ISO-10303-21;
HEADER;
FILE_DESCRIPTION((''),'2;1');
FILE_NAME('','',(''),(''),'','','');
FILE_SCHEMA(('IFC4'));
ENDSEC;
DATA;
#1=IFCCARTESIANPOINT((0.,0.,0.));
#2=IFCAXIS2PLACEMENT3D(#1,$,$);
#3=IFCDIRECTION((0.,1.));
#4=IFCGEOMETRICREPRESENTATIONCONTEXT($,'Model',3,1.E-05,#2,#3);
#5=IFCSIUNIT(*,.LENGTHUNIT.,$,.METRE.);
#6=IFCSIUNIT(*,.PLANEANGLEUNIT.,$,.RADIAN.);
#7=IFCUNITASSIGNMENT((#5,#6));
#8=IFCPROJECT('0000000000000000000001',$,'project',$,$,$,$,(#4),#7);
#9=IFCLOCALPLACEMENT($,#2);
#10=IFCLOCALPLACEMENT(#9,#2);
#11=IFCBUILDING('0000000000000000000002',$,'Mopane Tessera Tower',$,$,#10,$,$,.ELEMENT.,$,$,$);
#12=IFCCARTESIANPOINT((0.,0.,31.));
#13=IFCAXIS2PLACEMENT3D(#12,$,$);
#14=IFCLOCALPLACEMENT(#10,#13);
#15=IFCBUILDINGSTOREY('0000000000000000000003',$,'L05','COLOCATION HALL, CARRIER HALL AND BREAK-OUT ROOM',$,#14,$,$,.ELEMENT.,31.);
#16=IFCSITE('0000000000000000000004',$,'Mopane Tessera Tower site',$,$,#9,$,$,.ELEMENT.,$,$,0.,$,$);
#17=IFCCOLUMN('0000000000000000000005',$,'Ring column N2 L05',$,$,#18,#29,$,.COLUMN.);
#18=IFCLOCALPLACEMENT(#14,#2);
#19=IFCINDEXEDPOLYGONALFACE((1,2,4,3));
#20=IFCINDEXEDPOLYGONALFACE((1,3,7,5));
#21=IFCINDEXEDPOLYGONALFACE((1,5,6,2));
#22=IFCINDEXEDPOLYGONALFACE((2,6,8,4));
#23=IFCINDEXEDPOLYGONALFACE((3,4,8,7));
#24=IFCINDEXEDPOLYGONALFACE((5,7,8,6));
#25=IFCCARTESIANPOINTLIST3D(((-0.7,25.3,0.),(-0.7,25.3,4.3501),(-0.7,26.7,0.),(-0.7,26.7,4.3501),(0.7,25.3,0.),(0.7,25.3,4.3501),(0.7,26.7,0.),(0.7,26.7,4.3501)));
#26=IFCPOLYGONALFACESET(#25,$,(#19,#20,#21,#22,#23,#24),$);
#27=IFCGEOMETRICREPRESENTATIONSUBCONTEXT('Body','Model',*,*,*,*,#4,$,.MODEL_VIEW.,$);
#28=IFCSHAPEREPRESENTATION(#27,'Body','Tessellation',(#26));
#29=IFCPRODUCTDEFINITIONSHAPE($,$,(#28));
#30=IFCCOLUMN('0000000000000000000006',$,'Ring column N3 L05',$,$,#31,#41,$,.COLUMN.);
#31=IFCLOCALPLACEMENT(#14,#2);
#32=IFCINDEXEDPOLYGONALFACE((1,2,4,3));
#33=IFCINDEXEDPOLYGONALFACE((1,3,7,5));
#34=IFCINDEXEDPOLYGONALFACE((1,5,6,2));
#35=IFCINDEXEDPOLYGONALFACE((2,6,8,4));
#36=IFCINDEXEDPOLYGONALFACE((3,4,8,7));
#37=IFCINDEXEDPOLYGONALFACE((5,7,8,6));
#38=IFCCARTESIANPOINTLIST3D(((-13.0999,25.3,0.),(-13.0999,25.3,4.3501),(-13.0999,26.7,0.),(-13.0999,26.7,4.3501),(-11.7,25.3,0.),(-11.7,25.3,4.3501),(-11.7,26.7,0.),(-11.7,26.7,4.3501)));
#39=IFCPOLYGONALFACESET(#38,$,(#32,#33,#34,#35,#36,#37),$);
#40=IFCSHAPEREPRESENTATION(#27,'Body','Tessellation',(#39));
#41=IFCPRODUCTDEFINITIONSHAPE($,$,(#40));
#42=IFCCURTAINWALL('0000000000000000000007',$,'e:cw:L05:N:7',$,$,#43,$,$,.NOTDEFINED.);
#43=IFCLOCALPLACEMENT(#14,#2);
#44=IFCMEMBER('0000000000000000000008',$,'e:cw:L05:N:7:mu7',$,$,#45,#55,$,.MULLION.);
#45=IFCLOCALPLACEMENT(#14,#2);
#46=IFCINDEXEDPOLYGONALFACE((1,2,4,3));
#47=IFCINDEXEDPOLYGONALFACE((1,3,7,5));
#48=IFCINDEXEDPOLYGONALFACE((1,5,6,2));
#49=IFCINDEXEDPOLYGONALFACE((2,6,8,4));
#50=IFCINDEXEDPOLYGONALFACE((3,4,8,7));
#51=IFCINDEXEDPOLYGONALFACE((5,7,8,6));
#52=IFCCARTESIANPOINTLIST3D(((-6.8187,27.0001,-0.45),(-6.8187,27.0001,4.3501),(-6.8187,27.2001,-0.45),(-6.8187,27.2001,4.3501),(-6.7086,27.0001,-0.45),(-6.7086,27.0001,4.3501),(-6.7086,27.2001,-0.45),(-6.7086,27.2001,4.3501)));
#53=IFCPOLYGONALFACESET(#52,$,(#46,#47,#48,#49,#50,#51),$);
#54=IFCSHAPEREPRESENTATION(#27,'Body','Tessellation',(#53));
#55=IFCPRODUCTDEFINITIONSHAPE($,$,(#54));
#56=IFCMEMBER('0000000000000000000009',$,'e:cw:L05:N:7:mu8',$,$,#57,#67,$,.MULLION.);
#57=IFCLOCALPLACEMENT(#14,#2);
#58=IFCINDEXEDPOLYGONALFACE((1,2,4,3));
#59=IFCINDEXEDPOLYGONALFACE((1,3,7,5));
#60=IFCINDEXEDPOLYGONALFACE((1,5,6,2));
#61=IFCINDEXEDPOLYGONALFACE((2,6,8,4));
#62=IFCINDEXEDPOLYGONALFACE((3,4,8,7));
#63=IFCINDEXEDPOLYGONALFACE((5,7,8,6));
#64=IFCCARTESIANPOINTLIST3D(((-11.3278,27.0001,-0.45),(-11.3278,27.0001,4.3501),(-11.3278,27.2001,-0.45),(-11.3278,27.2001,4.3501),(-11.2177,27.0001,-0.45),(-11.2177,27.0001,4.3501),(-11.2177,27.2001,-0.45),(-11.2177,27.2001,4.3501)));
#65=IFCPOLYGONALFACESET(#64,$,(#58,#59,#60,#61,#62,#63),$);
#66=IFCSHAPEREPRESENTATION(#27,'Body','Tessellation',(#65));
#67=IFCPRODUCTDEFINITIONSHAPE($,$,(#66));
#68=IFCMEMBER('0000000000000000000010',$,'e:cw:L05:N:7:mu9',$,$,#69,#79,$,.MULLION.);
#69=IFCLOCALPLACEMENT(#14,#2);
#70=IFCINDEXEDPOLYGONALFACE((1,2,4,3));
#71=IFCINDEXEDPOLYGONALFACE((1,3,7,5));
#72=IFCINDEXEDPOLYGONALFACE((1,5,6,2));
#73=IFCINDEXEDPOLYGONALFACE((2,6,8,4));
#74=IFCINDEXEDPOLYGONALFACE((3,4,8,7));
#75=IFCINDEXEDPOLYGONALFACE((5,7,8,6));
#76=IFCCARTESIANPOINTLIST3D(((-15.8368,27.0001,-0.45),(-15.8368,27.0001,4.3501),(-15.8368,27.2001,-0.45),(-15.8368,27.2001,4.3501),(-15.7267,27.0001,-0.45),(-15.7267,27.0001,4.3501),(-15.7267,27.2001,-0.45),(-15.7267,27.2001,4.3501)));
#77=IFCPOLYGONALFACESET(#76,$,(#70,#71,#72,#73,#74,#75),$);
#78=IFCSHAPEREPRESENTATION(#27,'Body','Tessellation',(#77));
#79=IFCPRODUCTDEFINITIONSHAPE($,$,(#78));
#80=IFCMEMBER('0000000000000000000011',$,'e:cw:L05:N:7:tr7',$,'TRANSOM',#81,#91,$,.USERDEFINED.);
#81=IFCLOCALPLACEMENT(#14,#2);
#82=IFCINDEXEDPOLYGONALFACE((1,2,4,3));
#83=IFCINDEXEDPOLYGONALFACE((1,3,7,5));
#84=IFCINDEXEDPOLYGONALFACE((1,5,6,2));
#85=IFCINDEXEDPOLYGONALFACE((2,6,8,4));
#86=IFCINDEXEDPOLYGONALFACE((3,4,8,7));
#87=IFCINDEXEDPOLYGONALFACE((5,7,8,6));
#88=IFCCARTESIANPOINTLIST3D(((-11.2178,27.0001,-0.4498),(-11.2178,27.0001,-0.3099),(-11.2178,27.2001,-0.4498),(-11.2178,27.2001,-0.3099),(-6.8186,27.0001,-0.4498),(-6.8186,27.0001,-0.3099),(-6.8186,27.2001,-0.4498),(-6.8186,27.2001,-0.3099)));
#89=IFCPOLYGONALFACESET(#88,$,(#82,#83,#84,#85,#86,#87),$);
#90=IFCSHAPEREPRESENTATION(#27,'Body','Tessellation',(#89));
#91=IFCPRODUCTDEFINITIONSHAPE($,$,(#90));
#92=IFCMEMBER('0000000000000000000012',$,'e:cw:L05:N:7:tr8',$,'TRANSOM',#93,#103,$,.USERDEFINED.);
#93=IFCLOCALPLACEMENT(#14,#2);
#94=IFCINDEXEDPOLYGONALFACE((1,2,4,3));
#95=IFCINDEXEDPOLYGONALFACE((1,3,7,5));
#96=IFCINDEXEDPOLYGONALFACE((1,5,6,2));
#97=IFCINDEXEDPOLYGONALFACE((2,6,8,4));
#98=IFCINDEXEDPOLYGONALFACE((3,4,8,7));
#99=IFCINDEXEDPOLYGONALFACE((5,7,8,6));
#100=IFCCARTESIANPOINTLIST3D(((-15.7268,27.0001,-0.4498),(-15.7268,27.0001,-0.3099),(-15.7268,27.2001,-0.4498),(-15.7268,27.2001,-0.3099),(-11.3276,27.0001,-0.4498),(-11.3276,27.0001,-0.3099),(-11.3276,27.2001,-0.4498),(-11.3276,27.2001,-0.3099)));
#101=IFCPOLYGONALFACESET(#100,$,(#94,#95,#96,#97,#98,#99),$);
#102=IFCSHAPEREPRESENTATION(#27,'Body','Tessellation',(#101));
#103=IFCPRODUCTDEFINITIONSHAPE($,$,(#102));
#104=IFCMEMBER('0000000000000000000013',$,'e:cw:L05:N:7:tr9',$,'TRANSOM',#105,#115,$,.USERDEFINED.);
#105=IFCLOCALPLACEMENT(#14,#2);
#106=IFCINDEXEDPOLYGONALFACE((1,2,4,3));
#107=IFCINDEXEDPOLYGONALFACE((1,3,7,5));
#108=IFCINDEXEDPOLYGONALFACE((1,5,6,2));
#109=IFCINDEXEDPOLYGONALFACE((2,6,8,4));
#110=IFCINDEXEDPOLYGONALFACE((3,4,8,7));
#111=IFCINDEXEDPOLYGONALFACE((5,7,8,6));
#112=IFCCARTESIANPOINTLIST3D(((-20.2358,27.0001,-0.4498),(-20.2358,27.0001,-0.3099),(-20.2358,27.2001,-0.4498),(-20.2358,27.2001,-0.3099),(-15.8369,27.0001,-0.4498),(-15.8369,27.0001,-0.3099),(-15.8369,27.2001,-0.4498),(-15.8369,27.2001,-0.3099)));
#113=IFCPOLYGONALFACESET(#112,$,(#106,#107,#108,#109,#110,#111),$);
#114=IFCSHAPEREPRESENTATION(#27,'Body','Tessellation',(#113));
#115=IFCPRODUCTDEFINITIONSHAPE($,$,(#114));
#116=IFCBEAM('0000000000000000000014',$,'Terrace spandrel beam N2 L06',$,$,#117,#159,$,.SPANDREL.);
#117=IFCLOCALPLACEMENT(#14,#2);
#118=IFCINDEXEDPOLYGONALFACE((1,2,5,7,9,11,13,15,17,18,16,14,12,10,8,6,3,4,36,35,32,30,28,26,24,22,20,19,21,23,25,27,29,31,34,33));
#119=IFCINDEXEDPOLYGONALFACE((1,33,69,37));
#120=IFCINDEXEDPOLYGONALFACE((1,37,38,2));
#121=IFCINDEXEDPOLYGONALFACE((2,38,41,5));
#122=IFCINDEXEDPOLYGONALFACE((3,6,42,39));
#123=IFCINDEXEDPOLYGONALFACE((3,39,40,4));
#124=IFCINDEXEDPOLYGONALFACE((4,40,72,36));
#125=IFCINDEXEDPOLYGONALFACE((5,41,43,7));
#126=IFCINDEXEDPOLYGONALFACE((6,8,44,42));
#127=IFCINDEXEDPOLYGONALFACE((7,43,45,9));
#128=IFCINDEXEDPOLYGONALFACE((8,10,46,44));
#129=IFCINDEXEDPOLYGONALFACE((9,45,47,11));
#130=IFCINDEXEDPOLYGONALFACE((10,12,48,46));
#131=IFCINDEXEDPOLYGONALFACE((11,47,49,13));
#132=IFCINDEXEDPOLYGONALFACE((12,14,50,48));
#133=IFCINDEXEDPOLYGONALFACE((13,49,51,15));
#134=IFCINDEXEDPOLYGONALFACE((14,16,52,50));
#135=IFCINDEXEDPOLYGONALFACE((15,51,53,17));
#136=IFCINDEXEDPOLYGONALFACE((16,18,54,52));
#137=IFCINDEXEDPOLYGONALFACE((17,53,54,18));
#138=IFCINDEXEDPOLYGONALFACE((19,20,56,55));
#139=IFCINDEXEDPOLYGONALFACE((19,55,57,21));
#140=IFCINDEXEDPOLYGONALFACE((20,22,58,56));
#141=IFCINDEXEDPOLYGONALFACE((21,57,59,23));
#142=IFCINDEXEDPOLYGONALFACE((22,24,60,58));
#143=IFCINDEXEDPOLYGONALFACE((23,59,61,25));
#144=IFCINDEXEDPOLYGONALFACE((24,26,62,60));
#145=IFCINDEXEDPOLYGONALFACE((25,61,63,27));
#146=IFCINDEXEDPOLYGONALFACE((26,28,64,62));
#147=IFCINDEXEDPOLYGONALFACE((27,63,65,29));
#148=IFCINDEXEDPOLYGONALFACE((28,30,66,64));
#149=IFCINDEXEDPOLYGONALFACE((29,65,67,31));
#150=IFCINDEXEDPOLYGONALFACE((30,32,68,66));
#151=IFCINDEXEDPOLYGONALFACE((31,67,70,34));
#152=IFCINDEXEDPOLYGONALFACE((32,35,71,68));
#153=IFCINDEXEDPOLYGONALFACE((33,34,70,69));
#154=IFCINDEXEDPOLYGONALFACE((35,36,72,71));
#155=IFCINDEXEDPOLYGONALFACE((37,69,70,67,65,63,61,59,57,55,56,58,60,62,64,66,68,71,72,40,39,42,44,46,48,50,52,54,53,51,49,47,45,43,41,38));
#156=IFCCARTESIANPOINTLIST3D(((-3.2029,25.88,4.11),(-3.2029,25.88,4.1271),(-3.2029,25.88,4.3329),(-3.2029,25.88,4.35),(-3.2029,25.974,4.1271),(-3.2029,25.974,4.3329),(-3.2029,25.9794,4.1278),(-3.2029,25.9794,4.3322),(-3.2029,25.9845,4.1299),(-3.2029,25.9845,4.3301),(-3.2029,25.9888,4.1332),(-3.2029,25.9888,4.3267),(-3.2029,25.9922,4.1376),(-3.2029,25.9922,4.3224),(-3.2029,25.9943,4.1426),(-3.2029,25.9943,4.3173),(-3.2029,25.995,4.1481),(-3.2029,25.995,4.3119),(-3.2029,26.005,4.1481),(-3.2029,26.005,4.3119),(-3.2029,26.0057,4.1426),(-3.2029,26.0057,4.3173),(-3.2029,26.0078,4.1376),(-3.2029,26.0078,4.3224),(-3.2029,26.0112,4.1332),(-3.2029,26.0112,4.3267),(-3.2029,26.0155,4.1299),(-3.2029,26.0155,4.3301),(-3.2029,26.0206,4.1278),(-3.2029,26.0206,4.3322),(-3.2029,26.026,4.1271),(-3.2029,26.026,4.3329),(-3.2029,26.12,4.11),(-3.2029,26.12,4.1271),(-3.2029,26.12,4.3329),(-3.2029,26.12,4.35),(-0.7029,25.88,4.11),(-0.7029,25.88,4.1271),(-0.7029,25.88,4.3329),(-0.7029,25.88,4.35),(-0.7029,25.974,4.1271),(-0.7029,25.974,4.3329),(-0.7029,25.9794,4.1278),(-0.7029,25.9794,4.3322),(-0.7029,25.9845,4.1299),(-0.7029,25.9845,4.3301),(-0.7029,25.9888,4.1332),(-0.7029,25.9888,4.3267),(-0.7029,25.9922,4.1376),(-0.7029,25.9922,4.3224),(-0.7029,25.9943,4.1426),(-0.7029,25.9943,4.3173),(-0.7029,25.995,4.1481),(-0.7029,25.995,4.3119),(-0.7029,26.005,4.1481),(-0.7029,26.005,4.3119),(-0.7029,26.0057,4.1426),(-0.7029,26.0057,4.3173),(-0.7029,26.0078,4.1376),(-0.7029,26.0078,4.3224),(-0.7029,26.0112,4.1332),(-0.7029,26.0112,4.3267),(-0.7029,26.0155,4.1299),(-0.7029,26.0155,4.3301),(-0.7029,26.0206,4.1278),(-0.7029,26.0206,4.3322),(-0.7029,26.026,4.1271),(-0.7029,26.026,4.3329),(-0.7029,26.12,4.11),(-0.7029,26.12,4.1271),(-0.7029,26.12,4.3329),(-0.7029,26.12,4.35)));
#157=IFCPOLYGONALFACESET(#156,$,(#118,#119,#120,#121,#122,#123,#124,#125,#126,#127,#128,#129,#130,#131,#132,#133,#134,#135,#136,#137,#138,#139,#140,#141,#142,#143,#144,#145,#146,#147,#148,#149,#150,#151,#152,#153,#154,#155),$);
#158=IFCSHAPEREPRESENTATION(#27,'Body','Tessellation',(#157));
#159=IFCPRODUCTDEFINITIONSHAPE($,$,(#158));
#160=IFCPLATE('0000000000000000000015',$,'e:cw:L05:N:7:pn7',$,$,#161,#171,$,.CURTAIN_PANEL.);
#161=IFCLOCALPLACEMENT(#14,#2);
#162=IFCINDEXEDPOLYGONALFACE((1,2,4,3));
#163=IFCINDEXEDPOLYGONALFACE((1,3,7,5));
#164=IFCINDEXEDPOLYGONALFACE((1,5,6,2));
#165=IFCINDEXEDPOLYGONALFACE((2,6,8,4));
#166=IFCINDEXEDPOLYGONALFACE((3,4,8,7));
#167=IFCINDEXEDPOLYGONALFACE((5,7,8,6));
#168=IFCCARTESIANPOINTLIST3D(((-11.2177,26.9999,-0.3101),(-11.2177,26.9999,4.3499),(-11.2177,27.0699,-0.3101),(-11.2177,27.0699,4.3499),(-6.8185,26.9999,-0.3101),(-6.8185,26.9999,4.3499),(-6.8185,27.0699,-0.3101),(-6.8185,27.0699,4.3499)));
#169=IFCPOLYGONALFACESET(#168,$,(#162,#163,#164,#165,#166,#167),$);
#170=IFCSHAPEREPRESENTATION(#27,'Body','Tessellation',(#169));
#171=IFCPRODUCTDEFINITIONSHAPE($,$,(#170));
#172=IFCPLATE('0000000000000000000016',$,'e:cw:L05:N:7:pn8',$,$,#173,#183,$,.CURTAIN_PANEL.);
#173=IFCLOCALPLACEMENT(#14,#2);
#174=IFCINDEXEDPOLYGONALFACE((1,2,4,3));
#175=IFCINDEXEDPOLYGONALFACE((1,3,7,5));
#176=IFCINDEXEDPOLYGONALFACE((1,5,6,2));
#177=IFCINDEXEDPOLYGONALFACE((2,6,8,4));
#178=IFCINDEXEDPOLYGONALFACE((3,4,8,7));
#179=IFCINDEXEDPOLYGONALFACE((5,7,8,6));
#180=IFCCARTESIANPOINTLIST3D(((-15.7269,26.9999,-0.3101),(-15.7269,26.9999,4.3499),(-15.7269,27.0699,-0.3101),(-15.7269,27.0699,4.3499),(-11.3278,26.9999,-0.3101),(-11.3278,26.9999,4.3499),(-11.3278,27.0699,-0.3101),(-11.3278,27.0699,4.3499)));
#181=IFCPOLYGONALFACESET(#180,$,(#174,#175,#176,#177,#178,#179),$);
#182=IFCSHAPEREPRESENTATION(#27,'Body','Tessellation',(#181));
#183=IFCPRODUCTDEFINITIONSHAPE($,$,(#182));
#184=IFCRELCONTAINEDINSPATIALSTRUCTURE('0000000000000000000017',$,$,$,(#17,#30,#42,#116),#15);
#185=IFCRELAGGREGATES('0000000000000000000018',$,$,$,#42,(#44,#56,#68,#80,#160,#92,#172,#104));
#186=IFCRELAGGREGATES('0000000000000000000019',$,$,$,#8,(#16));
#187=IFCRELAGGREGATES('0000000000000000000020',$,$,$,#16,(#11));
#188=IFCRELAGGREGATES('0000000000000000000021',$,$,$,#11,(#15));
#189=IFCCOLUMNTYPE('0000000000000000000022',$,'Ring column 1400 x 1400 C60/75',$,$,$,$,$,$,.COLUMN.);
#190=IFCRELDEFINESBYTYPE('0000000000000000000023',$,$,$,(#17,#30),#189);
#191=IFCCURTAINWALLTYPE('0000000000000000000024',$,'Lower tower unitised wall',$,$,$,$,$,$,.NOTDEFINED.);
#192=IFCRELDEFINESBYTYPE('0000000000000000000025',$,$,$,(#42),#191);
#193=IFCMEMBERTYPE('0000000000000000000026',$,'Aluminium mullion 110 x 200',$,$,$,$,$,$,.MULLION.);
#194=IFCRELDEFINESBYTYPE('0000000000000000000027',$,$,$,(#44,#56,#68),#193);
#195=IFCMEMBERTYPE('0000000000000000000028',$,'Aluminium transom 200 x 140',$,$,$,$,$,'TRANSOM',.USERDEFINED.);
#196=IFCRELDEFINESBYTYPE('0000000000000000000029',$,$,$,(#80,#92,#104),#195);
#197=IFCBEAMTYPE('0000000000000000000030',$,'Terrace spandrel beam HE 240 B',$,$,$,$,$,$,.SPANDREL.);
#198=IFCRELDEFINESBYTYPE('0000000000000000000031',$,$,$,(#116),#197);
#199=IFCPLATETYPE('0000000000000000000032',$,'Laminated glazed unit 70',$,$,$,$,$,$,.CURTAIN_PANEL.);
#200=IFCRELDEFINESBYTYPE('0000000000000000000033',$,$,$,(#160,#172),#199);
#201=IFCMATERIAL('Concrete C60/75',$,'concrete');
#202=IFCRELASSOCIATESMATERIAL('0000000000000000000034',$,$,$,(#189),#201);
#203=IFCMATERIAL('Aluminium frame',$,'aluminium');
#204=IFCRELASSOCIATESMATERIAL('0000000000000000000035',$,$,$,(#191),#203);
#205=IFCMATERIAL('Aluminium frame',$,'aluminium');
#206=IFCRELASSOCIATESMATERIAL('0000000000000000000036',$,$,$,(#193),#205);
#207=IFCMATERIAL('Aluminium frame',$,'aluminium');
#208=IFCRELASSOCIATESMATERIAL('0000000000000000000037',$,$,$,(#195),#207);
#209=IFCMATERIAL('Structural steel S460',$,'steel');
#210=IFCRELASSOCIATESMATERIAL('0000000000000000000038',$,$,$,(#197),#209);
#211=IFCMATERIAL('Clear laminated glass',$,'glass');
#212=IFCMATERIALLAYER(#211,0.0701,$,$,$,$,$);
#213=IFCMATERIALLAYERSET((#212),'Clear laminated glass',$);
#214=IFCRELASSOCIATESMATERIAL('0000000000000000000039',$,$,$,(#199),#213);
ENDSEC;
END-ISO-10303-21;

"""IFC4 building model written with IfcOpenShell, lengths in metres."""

from ifc_helpers import new_model, si_unit, direction, frame, origin, origin_2d, place, context, subcontext, project, spatial, rectangle, i_section, extrude, material, layer, layer_set, material_profile, profile_set, type_object, element, aggregate, save


model = new_model("IFC4")

# Units and contexts
model_context = context("Model", 3, precision=1e-05, world=origin(), true_north=direction((0.0, 1.0)))
body_context = subcontext(model_context, "Body", "Model", "MODEL_VIEW")
ifc_project = project(units=[si_unit("LENGTHUNIT", "METRE"), si_unit("PLANEANGLEUNIT", "RADIAN")], contexts=[model_context])

# Site, building, storey
site_placement = place(None, origin())
site = spatial("IfcSite", under=ifc_project, at=site_placement, Name="Mopane Tessera Tower site", CompositionType="ELEMENT", RefElevation=0.0)
building_placement = place(site_placement, origin())
building = spatial("IfcBuilding", under=site, at=building_placement, Name="Mopane Tessera Tower", CompositionType="ELEMENT")
storey_placement = place(building_placement, frame((0.0, 0.0, 31.0)))
storey = spatial("IfcBuildingStorey", under=building, at=storey_placement, Name="L05", Description="COLOCATION HALL, CARRIER HALL AND BREAK-OUT ROOM", CompositionType="ELEMENT", Elevation=31.0)

# Columns
ifc_material_1 = material(Name="Concrete C60/75", Category="concrete")
ifc_material_profile_1 = material_profile(ifc_material_1, rectangle(XDim=1.3999, YDim=1.3999, at=origin_2d()))
ifc_profile_set_1 = profile_set([ifc_material_profile_1], Name="Concrete C60/75")
column_type = type_object("IfcColumnType", Name="Ring column 1400 x 1400 C60/75", PredefinedType="COLUMN", material=ifc_profile_set_1)
for number, where, z_axis, x_axis, name in (
    (1, (0.0, 26.0, 0.0), (0.0, 0.0, 1.0), (1.0, 0.0, 0.0), "Ring column N2 L05"),
    (2, (-12.3999, 26.0, 0.0), (0.0, 0.0, 1.0), (1.0, 0.0, 0.0), "Ring column N3 L05"),
):
    element("IfcColumn", number, at=place(storey_placement, frame(where, z_axis=z_axis, x_axis=x_axis)), inside=storey, type_object=column_type, Name=name, PredefinedType="COLUMN", context=body_context, shape_type="SweptSolid", body=[
        extrude(rectangle(XDim=1.3999, YDim=1.3999, at=origin_2d()), origin(), (0.0, 0.0, 1.0), 4.3501),
    ])

# Curtain wall, members
ifc_material_2 = material(Name="Aluminium frame", Category="aluminium")
curtain_wall_type = type_object("IfcCurtainWallType", Name="Lower tower unitised wall", PredefinedType="NOTDEFINED", material=ifc_material_2)
curtain_wall_placement = place(storey_placement, origin())
curtain_wall = element("IfcCurtainWall", 3, at=curtain_wall_placement, inside=storey, type_object=curtain_wall_type, Name="e:cw:L05:N:7", PredefinedType="NOTDEFINED")
ifc_material_3 = material(Name="Aluminium frame", Category="aluminium")
ifc_material_profile_2 = material_profile(ifc_material_3, rectangle(XDim=0.1101, YDim=0.2, at=origin_2d()))
ifc_profile_set_2 = profile_set([ifc_material_profile_2], Name="Aluminium frame")
member_type_1 = type_object("IfcMemberType", Name="Aluminium mullion 110 x 200", PredefinedType="MULLION", material=ifc_profile_set_2)
member_1_placement = place(storey_placement, frame((-6.7637, 27.1001, -0.45), z_axis=(0.0, 0.0, 1.0), x_axis=(-1.0, 0.0, 0.0)))
member_1 = element("IfcMember", 4, at=member_1_placement, type_object=member_type_1, Name="e:cw:L05:N:7:mu7", PredefinedType="MULLION", context=body_context, shape_type="SweptSolid", body=[
    extrude(rectangle(XDim=0.1101, YDim=0.2, at=origin_2d()), origin(), (0.0, 0.0, 1.0), 4.8),
])
member_2_placement = place(storey_placement, frame((-11.2727, 27.1001, -0.45), z_axis=(0.0, 0.0, 1.0), x_axis=(-1.0, 0.0, 0.0)))
member_2 = element("IfcMember", 5, at=member_2_placement, type_object=member_type_1, Name="e:cw:L05:N:7:mu8", PredefinedType="MULLION", context=body_context, shape_type="SweptSolid", body=[
    extrude(rectangle(XDim=0.1101, YDim=0.2, at=origin_2d()), origin(), (0.0, 0.0, 1.0), 4.8),
])
member_3_placement = place(storey_placement, frame((-15.7817, 27.1001, -0.45), z_axis=(0.0, 0.0, 1.0), x_axis=(-1.0, 0.0, 0.0)))
member_3 = element("IfcMember", 6, at=member_3_placement, type_object=member_type_1, Name="e:cw:L05:N:7:mu9", PredefinedType="MULLION", context=body_context, shape_type="SweptSolid", body=[
    extrude(rectangle(XDim=0.1101, YDim=0.2, at=origin_2d()), origin(), (0.0, 0.0, 1.0), 4.8),
])
ifc_material_4 = material(Name="Aluminium frame", Category="aluminium")
ifc_material_profile_3 = material_profile(ifc_material_4, rectangle(XDim=0.2, YDim=0.1399, at=origin_2d()))
ifc_profile_set_3 = profile_set([ifc_material_profile_3], Name="Aluminium frame")
member_type_2 = type_object("IfcMemberType", Name="Aluminium transom 200 x 140", ElementType="TRANSOM", PredefinedType="USERDEFINED", material=ifc_profile_set_3)
member_4_placement = place(storey_placement, frame((-6.8186, 27.1001, -0.3799), z_axis=(-1.0, 0.0, 0.0), x_axis=(0.0, -1.0, 0.0)))
member_4 = element("IfcMember", 7, at=member_4_placement, type_object=member_type_2, Name="e:cw:L05:N:7:tr7", ObjectType="TRANSOM", PredefinedType="USERDEFINED", context=body_context, shape_type="SweptSolid", body=[
    extrude(rectangle(XDim=0.2, YDim=0.1399, at=origin_2d()), origin(), (0.0, 0.0, 1.0), 4.3992),
])
member_5_placement = place(storey_placement, frame((-11.3276, 27.1001, -0.3799), z_axis=(-1.0, 0.0, 0.0), x_axis=(0.0, -1.0, 0.0)))
member_5 = element("IfcMember", 8, at=member_5_placement, type_object=member_type_2, Name="e:cw:L05:N:7:tr8", ObjectType="TRANSOM", PredefinedType="USERDEFINED", context=body_context, shape_type="SweptSolid", body=[
    extrude(rectangle(XDim=0.2, YDim=0.1399, at=origin_2d()), origin(), (0.0, 0.0, 1.0), 4.3992),
])
member_6_placement = place(storey_placement, frame((-15.8369, 27.1001, -0.3799), z_axis=(-1.0, 0.0, 0.0), x_axis=(0.0, -1.0, 0.0)))
member_6 = element("IfcMember", 9, at=member_6_placement, type_object=member_type_2, Name="e:cw:L05:N:7:tr9", ObjectType="TRANSOM", PredefinedType="USERDEFINED", context=body_context, shape_type="SweptSolid", body=[
    extrude(rectangle(XDim=0.2, YDim=0.1399, at=origin_2d()), origin(), (0.0, 0.0, 1.0), 4.3989),
])

# Beam
ifc_material_5 = material(Name="Structural steel S460", Category="steel")
ifc_material_profile_4 = material_profile(ifc_material_5, i_section(OverallWidth=0.24, OverallDepth=0.24, WebThickness=0.01, FlangeThickness=0.0171, FilletRadius=0.021, at=origin_2d()))
ifc_profile_set_4 = profile_set([ifc_material_profile_4], Name="Structural steel S460")
beam_type = type_object("IfcBeamType", Name="Terrace spandrel beam HE 240 B", PredefinedType="SPANDREL", material=ifc_profile_set_4)
beam_placement = place(storey_placement, frame((-0.7029, 26.0, 4.23), z_axis=(-1.0, 0.0, 0.0), x_axis=(0.0, -1.0, 0.0)))
element("IfcBeam", 10, at=beam_placement, inside=storey, type_object=beam_type, Name="Terrace spandrel beam N2 L06", PredefinedType="SPANDREL", context=body_context, shape_type="SweptSolid", body=[
    extrude(i_section(OverallWidth=0.24, OverallDepth=0.24, WebThickness=0.01, FlangeThickness=0.0171, FilletRadius=0.021, at=origin_2d()), origin(), (0.0, 0.0, 1.0), 2.5),
])

# Plates
ifc_material_6 = material(Name="Clear laminated glass", Category="glass")
ifc_layer_1 = layer(ifc_material_6, 0.0701)
ifc_layer_set_1 = layer_set([ifc_layer_1], Name="Clear laminated glass")
plate_type = type_object("IfcPlateType", Name="Laminated glazed unit 70", PredefinedType="CURTAIN_PANEL", material=ifc_layer_set_1)
plate_1_placement = place(storey_placement, frame((-9.0181, 27.0349, -0.3101), z_axis=(0.0, 0.0, 1.0), x_axis=(-1.0, 0.0, 0.0)))
plate_1 = element("IfcPlate", 11, at=plate_1_placement, type_object=plate_type, Name="e:cw:L05:N:7:pn7", PredefinedType="CURTAIN_PANEL", context=body_context, shape_type="SweptSolid", body=[
    extrude(rectangle(XDim=4.3992, YDim=0.0701, at=origin_2d()), origin(), (0.0, 0.0, 1.0), 4.6599),
])
plate_2_placement = place(storey_placement, frame((-13.5273, 27.0349, -0.3101), z_axis=(0.0, 0.0, 1.0), x_axis=(-1.0, 0.0, 0.0)))
plate_2 = element("IfcPlate", 12, at=plate_2_placement, type_object=plate_type, Name="e:cw:L05:N:7:pn8", PredefinedType="CURTAIN_PANEL", context=body_context, shape_type="SweptSolid", body=[
    extrude(rectangle(XDim=4.3992, YDim=0.0701, at=origin_2d()), origin(), (0.0, 0.0, 1.0), 4.6599),
])
aggregate(curtain_wall, [member_1, member_2, member_3, member_4, plate_1, member_5, plate_2, member_6])

save(model, "model.ifc")
